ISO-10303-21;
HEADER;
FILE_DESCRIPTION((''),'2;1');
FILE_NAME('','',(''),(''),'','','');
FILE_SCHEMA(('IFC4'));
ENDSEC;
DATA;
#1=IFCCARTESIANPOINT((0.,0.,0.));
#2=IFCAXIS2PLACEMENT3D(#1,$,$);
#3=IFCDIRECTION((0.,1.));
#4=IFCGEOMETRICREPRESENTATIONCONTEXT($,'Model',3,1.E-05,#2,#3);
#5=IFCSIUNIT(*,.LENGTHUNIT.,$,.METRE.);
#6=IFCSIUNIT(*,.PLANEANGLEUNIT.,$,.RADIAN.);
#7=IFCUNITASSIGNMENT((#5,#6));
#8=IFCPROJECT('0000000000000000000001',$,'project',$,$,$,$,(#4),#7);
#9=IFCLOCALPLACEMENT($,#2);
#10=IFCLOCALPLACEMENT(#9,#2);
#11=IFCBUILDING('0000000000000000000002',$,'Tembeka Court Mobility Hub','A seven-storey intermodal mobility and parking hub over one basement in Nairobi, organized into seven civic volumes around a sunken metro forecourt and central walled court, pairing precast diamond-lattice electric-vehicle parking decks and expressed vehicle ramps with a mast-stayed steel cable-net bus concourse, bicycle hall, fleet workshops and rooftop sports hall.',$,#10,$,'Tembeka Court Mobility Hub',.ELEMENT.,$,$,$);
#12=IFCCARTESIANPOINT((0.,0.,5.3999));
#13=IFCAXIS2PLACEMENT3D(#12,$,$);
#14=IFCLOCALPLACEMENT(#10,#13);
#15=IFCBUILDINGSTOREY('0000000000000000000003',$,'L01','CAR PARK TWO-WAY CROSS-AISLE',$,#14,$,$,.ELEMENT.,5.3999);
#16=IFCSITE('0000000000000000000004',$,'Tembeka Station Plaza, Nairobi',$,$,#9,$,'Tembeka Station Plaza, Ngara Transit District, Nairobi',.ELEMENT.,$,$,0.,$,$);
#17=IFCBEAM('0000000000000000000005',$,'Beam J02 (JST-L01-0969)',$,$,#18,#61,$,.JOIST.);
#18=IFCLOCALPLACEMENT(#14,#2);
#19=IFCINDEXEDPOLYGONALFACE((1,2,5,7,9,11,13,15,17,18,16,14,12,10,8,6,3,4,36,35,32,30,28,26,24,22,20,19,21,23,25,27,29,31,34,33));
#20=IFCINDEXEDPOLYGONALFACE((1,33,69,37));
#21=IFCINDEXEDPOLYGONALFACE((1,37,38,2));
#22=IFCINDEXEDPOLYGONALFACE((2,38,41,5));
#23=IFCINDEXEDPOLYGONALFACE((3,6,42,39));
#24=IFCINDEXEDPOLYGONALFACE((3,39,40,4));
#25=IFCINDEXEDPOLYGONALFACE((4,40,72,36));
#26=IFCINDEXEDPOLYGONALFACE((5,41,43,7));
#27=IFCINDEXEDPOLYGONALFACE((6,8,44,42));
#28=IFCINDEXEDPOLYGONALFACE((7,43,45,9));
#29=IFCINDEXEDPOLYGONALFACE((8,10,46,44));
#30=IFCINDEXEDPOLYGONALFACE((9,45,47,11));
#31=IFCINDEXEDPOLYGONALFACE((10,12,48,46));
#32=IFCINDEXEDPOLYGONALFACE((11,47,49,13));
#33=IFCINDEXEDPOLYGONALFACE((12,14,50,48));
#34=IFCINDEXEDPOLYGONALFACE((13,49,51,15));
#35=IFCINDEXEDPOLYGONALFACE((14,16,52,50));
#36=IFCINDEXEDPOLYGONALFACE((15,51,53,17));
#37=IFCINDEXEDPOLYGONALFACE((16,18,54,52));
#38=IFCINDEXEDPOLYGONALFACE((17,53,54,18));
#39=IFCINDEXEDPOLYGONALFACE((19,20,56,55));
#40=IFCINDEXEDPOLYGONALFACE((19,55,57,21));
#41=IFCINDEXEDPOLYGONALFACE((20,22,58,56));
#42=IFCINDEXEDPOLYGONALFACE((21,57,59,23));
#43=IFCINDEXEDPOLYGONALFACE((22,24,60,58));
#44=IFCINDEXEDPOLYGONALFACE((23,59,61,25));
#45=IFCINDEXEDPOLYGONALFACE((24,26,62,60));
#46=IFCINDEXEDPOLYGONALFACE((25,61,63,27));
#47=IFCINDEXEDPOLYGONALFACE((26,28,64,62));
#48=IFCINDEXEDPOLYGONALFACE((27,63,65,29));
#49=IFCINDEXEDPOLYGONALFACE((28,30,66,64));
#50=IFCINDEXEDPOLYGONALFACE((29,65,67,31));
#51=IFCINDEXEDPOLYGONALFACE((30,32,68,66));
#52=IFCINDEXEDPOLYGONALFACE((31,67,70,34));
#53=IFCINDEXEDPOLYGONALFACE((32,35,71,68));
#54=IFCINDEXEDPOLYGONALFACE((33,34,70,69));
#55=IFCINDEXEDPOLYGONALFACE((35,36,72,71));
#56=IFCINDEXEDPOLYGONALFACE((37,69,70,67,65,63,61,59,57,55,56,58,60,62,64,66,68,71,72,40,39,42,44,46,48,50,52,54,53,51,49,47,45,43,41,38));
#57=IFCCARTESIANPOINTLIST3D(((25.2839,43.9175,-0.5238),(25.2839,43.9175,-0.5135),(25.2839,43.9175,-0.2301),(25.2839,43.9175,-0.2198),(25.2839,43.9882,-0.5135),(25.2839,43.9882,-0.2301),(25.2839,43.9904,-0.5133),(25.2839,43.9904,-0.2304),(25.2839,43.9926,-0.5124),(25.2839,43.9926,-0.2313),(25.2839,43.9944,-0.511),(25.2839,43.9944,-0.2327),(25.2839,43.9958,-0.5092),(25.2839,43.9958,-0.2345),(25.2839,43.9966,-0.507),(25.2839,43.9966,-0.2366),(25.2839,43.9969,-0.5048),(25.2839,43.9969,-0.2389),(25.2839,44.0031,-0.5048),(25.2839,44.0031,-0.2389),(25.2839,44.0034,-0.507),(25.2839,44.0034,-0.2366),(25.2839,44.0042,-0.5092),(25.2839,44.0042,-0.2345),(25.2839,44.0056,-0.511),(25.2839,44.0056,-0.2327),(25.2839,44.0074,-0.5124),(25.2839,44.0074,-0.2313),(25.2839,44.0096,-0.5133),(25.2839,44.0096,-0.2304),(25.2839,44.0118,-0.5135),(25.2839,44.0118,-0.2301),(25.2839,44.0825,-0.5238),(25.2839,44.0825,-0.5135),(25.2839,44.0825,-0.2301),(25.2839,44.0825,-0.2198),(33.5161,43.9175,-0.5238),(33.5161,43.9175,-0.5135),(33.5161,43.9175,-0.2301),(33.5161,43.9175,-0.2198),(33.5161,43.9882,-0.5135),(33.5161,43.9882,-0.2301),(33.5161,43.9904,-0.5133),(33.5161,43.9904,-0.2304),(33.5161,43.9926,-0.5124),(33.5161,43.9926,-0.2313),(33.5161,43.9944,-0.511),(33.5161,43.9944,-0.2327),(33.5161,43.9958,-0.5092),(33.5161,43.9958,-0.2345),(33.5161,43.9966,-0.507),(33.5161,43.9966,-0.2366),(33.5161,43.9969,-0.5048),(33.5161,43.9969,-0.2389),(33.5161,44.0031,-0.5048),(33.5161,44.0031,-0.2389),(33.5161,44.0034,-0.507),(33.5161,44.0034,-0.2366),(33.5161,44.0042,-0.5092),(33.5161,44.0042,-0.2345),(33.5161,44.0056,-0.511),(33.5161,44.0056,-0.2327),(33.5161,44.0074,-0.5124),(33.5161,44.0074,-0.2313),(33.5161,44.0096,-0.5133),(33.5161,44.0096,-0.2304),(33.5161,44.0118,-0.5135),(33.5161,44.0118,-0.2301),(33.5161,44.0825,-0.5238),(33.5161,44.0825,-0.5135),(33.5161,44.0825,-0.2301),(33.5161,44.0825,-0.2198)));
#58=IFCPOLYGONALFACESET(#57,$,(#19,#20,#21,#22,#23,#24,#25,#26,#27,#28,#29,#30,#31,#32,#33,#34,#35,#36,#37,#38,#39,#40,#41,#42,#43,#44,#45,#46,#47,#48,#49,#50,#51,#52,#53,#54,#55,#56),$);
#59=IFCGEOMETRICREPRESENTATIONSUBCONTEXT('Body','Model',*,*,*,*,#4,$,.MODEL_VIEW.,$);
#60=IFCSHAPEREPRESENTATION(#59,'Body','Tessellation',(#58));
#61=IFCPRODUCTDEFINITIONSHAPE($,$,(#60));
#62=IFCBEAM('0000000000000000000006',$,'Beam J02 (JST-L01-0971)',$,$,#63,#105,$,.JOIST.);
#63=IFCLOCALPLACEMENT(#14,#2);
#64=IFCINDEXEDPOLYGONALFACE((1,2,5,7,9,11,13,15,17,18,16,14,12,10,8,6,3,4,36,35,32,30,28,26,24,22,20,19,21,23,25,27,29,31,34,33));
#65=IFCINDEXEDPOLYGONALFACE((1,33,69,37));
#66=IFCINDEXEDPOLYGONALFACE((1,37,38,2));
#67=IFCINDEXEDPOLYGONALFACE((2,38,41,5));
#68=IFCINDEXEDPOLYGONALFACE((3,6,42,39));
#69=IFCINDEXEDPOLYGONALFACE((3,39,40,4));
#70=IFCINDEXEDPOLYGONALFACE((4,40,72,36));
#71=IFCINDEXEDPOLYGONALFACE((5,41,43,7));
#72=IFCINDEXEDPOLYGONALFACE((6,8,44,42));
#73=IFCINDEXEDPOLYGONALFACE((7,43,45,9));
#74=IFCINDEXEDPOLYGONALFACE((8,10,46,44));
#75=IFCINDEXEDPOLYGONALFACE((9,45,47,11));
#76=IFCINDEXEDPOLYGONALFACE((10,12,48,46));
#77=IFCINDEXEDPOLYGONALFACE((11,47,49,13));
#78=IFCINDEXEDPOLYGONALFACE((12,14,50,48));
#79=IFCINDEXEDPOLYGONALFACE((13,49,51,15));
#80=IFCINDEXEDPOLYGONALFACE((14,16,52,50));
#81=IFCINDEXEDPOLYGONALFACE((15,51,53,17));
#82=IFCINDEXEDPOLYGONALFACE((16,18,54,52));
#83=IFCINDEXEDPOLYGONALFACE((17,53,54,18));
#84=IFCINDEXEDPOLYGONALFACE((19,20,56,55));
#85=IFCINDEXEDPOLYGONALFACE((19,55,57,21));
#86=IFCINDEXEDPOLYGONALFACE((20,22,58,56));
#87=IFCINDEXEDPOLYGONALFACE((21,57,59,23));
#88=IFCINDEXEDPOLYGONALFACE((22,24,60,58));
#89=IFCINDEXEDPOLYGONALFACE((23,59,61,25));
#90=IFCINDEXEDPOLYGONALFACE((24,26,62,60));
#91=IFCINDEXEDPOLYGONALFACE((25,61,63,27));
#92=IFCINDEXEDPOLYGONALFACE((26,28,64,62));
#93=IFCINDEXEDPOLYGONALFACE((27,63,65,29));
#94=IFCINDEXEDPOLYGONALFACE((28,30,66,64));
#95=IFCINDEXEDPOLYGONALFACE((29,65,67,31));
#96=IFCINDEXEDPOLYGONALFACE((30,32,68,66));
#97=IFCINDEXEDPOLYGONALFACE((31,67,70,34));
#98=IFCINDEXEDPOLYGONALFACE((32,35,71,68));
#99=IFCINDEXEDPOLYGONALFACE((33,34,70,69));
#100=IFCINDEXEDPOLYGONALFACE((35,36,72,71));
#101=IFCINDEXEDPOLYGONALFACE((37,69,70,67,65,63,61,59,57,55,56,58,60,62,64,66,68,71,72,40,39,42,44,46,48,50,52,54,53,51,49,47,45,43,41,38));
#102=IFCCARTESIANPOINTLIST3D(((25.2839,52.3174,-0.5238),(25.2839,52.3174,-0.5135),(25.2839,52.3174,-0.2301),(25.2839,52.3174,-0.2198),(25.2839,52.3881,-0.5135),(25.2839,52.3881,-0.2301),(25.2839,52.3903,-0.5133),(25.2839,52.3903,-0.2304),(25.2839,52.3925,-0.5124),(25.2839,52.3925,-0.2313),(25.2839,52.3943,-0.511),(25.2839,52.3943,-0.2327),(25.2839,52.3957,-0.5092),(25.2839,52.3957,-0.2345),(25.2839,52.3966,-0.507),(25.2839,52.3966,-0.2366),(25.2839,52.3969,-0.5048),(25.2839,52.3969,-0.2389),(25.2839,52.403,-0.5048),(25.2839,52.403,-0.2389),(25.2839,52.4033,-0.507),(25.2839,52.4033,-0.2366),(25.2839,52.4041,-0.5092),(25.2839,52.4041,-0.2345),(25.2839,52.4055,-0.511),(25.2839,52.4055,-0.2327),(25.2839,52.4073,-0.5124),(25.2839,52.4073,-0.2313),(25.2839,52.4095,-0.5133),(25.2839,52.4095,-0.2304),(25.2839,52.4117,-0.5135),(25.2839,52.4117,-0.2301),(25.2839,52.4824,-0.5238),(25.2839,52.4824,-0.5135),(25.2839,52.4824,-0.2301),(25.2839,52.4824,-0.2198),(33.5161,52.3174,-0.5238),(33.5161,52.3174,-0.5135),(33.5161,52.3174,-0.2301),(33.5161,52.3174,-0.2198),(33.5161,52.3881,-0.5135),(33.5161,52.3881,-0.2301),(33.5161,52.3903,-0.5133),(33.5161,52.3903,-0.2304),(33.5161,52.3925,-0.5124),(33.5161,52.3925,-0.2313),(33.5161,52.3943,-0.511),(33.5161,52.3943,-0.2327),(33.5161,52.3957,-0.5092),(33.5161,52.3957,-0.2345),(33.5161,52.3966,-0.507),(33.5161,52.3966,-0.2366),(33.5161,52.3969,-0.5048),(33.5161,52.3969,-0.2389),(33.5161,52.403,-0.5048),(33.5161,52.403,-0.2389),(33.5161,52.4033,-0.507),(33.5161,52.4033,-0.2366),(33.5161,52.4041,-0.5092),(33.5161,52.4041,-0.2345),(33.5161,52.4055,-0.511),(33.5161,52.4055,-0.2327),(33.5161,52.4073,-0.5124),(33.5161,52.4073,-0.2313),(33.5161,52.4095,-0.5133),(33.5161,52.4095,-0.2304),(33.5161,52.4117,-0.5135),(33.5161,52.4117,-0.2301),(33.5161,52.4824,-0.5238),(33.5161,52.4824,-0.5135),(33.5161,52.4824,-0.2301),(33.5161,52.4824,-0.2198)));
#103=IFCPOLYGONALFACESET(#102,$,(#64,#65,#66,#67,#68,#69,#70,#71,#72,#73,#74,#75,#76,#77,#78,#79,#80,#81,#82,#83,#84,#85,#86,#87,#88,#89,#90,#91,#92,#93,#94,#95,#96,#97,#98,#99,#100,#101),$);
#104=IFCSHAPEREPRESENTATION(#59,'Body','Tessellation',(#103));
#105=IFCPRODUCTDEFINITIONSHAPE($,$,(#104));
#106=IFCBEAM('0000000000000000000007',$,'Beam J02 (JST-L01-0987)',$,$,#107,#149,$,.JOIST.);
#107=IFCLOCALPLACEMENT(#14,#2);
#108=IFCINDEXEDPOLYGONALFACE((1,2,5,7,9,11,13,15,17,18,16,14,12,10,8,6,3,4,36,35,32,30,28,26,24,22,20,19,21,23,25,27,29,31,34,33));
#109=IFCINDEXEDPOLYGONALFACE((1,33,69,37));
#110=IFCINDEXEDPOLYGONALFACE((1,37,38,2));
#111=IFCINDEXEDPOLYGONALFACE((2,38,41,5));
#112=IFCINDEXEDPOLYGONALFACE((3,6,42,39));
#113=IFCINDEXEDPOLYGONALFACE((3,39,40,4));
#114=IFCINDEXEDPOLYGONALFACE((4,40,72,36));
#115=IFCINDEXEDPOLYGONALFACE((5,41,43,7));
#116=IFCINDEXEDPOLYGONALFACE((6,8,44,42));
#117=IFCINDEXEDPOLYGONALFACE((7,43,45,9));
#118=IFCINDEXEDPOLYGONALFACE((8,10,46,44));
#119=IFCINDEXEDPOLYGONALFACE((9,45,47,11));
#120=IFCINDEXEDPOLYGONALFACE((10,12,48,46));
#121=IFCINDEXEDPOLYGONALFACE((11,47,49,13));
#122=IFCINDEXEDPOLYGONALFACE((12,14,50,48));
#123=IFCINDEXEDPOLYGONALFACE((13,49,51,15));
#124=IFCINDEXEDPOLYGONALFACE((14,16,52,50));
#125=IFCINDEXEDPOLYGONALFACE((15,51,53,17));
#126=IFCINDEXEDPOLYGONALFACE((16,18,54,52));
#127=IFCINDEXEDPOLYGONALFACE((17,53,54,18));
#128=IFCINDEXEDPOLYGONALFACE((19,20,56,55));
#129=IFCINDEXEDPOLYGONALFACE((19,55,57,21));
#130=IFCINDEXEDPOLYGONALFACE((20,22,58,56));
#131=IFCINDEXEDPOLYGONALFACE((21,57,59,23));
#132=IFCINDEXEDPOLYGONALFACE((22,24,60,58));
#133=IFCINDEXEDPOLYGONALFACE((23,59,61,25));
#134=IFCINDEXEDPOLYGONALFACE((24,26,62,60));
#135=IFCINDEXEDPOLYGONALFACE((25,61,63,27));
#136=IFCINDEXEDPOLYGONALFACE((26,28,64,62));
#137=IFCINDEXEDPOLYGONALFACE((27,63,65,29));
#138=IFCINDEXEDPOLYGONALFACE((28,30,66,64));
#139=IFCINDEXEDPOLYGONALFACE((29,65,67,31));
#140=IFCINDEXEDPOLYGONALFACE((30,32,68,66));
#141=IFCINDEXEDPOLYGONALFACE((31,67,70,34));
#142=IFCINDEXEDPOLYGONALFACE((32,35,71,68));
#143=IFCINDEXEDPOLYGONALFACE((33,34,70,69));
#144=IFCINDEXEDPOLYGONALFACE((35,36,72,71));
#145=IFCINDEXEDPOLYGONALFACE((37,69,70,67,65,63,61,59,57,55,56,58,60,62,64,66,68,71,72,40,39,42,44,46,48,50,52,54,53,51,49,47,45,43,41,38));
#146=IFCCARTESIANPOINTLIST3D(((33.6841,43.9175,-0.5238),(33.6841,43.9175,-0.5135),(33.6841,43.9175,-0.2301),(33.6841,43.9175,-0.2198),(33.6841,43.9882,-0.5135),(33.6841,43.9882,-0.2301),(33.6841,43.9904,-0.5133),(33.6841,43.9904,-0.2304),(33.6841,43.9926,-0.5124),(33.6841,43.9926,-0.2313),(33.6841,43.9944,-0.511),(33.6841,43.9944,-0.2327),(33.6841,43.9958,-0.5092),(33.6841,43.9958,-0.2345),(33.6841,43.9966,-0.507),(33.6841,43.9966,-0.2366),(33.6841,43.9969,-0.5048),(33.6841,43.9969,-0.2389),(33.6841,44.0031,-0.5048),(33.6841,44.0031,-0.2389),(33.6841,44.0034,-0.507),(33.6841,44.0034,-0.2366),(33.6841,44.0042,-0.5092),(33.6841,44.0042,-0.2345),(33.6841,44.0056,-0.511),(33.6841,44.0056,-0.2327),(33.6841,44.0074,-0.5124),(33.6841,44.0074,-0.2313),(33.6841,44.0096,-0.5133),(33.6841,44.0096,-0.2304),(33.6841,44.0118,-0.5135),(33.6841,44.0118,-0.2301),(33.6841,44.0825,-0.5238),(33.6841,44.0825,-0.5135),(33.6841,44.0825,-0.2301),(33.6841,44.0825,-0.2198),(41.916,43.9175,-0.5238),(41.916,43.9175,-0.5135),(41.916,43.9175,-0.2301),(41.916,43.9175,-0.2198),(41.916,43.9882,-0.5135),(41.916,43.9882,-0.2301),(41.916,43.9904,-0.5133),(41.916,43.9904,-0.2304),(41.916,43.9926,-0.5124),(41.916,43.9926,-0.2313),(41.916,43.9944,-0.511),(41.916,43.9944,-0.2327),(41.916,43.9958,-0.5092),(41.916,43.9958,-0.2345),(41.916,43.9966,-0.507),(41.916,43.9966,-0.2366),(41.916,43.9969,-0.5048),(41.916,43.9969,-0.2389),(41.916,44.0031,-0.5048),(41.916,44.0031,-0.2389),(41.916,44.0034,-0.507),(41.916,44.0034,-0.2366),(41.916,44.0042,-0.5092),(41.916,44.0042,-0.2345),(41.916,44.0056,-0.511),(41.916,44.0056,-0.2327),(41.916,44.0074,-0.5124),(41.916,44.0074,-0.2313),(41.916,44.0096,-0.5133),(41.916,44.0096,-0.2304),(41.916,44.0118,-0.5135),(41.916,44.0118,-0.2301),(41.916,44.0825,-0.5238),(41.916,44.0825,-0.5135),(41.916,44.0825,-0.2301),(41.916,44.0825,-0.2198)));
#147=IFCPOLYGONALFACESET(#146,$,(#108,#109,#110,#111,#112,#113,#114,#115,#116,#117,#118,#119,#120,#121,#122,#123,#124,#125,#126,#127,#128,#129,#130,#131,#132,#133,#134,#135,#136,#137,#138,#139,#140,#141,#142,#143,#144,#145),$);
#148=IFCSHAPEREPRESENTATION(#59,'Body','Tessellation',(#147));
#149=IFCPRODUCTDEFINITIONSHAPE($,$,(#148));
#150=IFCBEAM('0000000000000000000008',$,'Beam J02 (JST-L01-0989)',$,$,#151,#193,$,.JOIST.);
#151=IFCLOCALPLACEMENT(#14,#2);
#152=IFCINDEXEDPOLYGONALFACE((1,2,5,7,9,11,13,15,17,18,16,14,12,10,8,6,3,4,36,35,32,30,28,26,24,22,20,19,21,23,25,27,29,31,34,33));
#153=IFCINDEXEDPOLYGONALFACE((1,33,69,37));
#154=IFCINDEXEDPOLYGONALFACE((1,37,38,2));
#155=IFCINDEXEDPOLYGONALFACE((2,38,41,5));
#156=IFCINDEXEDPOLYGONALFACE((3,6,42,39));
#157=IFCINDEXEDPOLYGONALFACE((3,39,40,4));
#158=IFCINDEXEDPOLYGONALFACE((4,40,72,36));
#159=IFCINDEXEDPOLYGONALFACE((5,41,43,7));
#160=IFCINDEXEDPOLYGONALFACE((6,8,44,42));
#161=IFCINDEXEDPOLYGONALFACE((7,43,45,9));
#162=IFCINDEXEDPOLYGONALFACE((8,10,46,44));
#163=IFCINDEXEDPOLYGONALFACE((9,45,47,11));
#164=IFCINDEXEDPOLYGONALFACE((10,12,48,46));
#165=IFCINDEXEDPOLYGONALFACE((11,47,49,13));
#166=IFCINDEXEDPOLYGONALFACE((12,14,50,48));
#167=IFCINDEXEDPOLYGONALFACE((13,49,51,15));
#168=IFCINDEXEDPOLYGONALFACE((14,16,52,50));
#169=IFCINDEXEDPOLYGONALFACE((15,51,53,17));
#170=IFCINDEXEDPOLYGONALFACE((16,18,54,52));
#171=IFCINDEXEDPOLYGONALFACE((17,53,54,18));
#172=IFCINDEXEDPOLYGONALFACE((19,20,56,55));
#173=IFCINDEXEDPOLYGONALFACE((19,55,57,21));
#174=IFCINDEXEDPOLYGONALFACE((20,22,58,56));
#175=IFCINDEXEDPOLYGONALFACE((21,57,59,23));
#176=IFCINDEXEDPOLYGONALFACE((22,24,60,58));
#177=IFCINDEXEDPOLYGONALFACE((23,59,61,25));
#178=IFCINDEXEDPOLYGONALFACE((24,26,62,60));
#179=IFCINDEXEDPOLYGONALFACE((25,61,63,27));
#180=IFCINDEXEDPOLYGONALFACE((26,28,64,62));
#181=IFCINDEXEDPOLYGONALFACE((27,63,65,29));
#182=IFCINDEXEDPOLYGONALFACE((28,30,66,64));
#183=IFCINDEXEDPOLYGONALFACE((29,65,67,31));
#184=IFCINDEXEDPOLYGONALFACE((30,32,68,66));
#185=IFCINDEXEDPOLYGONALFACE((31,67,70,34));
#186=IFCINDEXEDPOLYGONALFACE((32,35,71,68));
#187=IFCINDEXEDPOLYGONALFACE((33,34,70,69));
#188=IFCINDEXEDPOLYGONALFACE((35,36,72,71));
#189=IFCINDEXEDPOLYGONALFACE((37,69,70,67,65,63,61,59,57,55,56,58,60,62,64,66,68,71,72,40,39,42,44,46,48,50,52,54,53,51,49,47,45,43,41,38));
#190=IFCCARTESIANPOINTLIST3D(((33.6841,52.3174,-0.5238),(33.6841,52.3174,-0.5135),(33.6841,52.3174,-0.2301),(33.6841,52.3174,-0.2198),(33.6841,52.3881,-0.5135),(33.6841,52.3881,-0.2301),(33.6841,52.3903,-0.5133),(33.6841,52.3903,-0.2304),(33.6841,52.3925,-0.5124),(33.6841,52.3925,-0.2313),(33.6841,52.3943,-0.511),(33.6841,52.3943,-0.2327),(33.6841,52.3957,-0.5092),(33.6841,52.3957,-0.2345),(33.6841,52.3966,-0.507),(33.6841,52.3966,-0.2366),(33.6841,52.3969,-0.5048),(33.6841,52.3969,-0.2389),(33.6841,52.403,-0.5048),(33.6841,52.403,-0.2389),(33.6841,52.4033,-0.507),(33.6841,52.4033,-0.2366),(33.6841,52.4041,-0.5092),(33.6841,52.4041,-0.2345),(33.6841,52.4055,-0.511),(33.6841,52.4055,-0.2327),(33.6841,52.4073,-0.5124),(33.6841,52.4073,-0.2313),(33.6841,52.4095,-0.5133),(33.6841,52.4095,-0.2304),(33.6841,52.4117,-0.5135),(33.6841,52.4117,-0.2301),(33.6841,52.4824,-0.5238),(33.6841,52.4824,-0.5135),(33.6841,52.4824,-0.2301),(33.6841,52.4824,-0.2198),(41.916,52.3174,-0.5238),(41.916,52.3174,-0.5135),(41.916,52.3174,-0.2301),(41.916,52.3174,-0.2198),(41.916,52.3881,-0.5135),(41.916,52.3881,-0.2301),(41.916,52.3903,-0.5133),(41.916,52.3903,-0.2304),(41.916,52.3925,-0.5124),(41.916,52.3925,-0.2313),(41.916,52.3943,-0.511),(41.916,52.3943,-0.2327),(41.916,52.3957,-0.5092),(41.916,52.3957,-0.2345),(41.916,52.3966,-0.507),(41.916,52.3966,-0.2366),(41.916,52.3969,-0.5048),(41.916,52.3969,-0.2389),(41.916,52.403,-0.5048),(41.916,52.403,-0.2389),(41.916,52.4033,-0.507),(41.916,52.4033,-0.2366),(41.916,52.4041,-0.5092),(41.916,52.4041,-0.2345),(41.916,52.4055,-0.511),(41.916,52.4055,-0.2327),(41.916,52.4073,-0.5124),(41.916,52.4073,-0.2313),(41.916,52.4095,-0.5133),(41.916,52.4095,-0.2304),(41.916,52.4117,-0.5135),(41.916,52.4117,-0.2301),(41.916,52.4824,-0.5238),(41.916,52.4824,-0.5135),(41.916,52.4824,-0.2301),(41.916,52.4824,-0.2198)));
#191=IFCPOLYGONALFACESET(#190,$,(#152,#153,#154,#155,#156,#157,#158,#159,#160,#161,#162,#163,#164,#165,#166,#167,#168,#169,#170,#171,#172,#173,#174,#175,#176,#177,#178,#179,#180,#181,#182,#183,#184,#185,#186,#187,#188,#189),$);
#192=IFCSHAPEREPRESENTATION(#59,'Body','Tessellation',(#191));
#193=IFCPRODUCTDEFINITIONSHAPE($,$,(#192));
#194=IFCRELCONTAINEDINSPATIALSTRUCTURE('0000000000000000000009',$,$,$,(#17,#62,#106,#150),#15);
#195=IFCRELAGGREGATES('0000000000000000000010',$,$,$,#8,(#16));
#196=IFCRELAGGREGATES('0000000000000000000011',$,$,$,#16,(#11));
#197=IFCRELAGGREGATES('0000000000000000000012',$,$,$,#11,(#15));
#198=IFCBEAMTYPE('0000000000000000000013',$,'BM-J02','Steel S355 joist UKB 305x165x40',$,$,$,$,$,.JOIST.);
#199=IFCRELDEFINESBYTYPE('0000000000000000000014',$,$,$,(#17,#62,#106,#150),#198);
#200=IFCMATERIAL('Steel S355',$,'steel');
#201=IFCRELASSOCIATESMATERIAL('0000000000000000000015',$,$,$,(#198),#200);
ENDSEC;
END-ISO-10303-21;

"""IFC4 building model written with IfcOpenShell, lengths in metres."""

from ifc_helpers import new_model, si_unit, direction, frame, origin, origin_2d, place, context, subcontext, project, spatial, i_section, extrude, material, material_profile, profile_set, type_object, element, save


model = new_model("IFC4")

# Units and contexts
model_context = context("Model", 3, precision=1e-05, world=origin(), true_north=direction((0.0, 1.0)))
body_context = subcontext(model_context, "Body", "Model", "MODEL_VIEW")
ifc_project = project(units=[si_unit("LENGTHUNIT", "METRE"), si_unit("PLANEANGLEUNIT", "RADIAN")], contexts=[model_context])

# Site, building, storey
site_placement = place(None, origin())
site = spatial("IfcSite", under=ifc_project, at=site_placement, Name="Tembeka Station Plaza, Nairobi", LongName="Tembeka Station Plaza, Ngara Transit District, Nairobi", CompositionType="ELEMENT", RefElevation=0.0)
building_placement = place(site_placement, origin())
building = spatial("IfcBuilding", under=site, at=building_placement, Name="Tembeka Court Mobility Hub", Description="A seven-storey intermodal mobility and parking hub over one basement in Nairobi, organized into seven civic volumes around a sunken metro forecourt and central walled court, pairing precast diamond-lattice electric-vehicle parking decks and expressed vehicle ramps with a mast-stayed steel cable-net bus concourse, bicycle hall, fleet workshops and rooftop sports hall.", LongName="Tembeka Court Mobility Hub", CompositionType="ELEMENT")
storey_placement = place(building_placement, frame((0.0, 0.0, 5.3999)))
storey = spatial("IfcBuildingStorey", under=building, at=storey_placement, Name="L01", Description="CAR PARK TWO-WAY CROSS-AISLE", CompositionType="ELEMENT", Elevation=5.3999)

# Shared definitions
ifc_material_1 = material(Name="Steel S355", Category="steel")

# Beams
ifc_material_profile_1 = material_profile(ifc_material_1, i_section(OverallWidth=0.165, OverallDepth=0.304, WebThickness=0.0061, FlangeThickness=0.0103, FilletRadius=0.0088, at=origin_2d()), Name="UKB 305x165x40")
ifc_profile_set_1 = profile_set([ifc_material_profile_1], Name="Steel S355")
beam_type_1 = type_object("IfcBeamType", Name="BM-J02", Description="Steel S355 joist UKB 305x165x40", PredefinedType="JOIST", material=ifc_profile_set_1)
for number, where, z_axis, x_axis, name in (
    (1, (25.2839, 44.0, -0.3718), (1.0, 0.0, 0.0), (0.0, 1.0, 0.0), "Beam J02 (JST-L01-0969)"),
    (2, (25.2839, 52.3999, -0.3718), (1.0, 0.0, 0.0), (0.0, 1.0, 0.0), "Beam J02 (JST-L01-0971)"),
):
    element("IfcBeam", number, at=place(storey_placement, frame(where, z_axis=z_axis, x_axis=x_axis)), inside=storey, type_object=beam_type_1, Name=name, PredefinedType="JOIST", context=body_context, shape_type="SweptSolid", body=[
        extrude(i_section(OverallWidth=0.165, OverallDepth=0.304, WebThickness=0.0061, FlangeThickness=0.0103, FilletRadius=0.0088, at=origin_2d()), origin(), (0.0, 0.0, 1.0), 8.2322),
    ])
for number, where, z_axis, x_axis, name in (
    (3, (33.6841, 44.0, -0.3718), (1.0, 0.0, 0.0), (0.0, 1.0, 0.0), "Beam J02 (JST-L01-0987)"),
    (4, (33.6841, 52.3999, -0.3718), (1.0, 0.0, 0.0), (0.0, 1.0, 0.0), "Beam J02 (JST-L01-0989)"),
):
    element("IfcBeam", number, at=place(storey_placement, frame(where, z_axis=z_axis, x_axis=x_axis)), inside=storey, type_object=beam_type_1, Name=name, PredefinedType="JOIST", context=body_context, shape_type="SweptSolid", body=[
        extrude(i_section(OverallWidth=0.165, OverallDepth=0.304, WebThickness=0.0061, FlangeThickness=0.0103, FilletRadius=0.0088, at=origin_2d()), origin(), (0.0, 0.0, 1.0), 8.2319),
    ])

save(model, "model.ifc")
